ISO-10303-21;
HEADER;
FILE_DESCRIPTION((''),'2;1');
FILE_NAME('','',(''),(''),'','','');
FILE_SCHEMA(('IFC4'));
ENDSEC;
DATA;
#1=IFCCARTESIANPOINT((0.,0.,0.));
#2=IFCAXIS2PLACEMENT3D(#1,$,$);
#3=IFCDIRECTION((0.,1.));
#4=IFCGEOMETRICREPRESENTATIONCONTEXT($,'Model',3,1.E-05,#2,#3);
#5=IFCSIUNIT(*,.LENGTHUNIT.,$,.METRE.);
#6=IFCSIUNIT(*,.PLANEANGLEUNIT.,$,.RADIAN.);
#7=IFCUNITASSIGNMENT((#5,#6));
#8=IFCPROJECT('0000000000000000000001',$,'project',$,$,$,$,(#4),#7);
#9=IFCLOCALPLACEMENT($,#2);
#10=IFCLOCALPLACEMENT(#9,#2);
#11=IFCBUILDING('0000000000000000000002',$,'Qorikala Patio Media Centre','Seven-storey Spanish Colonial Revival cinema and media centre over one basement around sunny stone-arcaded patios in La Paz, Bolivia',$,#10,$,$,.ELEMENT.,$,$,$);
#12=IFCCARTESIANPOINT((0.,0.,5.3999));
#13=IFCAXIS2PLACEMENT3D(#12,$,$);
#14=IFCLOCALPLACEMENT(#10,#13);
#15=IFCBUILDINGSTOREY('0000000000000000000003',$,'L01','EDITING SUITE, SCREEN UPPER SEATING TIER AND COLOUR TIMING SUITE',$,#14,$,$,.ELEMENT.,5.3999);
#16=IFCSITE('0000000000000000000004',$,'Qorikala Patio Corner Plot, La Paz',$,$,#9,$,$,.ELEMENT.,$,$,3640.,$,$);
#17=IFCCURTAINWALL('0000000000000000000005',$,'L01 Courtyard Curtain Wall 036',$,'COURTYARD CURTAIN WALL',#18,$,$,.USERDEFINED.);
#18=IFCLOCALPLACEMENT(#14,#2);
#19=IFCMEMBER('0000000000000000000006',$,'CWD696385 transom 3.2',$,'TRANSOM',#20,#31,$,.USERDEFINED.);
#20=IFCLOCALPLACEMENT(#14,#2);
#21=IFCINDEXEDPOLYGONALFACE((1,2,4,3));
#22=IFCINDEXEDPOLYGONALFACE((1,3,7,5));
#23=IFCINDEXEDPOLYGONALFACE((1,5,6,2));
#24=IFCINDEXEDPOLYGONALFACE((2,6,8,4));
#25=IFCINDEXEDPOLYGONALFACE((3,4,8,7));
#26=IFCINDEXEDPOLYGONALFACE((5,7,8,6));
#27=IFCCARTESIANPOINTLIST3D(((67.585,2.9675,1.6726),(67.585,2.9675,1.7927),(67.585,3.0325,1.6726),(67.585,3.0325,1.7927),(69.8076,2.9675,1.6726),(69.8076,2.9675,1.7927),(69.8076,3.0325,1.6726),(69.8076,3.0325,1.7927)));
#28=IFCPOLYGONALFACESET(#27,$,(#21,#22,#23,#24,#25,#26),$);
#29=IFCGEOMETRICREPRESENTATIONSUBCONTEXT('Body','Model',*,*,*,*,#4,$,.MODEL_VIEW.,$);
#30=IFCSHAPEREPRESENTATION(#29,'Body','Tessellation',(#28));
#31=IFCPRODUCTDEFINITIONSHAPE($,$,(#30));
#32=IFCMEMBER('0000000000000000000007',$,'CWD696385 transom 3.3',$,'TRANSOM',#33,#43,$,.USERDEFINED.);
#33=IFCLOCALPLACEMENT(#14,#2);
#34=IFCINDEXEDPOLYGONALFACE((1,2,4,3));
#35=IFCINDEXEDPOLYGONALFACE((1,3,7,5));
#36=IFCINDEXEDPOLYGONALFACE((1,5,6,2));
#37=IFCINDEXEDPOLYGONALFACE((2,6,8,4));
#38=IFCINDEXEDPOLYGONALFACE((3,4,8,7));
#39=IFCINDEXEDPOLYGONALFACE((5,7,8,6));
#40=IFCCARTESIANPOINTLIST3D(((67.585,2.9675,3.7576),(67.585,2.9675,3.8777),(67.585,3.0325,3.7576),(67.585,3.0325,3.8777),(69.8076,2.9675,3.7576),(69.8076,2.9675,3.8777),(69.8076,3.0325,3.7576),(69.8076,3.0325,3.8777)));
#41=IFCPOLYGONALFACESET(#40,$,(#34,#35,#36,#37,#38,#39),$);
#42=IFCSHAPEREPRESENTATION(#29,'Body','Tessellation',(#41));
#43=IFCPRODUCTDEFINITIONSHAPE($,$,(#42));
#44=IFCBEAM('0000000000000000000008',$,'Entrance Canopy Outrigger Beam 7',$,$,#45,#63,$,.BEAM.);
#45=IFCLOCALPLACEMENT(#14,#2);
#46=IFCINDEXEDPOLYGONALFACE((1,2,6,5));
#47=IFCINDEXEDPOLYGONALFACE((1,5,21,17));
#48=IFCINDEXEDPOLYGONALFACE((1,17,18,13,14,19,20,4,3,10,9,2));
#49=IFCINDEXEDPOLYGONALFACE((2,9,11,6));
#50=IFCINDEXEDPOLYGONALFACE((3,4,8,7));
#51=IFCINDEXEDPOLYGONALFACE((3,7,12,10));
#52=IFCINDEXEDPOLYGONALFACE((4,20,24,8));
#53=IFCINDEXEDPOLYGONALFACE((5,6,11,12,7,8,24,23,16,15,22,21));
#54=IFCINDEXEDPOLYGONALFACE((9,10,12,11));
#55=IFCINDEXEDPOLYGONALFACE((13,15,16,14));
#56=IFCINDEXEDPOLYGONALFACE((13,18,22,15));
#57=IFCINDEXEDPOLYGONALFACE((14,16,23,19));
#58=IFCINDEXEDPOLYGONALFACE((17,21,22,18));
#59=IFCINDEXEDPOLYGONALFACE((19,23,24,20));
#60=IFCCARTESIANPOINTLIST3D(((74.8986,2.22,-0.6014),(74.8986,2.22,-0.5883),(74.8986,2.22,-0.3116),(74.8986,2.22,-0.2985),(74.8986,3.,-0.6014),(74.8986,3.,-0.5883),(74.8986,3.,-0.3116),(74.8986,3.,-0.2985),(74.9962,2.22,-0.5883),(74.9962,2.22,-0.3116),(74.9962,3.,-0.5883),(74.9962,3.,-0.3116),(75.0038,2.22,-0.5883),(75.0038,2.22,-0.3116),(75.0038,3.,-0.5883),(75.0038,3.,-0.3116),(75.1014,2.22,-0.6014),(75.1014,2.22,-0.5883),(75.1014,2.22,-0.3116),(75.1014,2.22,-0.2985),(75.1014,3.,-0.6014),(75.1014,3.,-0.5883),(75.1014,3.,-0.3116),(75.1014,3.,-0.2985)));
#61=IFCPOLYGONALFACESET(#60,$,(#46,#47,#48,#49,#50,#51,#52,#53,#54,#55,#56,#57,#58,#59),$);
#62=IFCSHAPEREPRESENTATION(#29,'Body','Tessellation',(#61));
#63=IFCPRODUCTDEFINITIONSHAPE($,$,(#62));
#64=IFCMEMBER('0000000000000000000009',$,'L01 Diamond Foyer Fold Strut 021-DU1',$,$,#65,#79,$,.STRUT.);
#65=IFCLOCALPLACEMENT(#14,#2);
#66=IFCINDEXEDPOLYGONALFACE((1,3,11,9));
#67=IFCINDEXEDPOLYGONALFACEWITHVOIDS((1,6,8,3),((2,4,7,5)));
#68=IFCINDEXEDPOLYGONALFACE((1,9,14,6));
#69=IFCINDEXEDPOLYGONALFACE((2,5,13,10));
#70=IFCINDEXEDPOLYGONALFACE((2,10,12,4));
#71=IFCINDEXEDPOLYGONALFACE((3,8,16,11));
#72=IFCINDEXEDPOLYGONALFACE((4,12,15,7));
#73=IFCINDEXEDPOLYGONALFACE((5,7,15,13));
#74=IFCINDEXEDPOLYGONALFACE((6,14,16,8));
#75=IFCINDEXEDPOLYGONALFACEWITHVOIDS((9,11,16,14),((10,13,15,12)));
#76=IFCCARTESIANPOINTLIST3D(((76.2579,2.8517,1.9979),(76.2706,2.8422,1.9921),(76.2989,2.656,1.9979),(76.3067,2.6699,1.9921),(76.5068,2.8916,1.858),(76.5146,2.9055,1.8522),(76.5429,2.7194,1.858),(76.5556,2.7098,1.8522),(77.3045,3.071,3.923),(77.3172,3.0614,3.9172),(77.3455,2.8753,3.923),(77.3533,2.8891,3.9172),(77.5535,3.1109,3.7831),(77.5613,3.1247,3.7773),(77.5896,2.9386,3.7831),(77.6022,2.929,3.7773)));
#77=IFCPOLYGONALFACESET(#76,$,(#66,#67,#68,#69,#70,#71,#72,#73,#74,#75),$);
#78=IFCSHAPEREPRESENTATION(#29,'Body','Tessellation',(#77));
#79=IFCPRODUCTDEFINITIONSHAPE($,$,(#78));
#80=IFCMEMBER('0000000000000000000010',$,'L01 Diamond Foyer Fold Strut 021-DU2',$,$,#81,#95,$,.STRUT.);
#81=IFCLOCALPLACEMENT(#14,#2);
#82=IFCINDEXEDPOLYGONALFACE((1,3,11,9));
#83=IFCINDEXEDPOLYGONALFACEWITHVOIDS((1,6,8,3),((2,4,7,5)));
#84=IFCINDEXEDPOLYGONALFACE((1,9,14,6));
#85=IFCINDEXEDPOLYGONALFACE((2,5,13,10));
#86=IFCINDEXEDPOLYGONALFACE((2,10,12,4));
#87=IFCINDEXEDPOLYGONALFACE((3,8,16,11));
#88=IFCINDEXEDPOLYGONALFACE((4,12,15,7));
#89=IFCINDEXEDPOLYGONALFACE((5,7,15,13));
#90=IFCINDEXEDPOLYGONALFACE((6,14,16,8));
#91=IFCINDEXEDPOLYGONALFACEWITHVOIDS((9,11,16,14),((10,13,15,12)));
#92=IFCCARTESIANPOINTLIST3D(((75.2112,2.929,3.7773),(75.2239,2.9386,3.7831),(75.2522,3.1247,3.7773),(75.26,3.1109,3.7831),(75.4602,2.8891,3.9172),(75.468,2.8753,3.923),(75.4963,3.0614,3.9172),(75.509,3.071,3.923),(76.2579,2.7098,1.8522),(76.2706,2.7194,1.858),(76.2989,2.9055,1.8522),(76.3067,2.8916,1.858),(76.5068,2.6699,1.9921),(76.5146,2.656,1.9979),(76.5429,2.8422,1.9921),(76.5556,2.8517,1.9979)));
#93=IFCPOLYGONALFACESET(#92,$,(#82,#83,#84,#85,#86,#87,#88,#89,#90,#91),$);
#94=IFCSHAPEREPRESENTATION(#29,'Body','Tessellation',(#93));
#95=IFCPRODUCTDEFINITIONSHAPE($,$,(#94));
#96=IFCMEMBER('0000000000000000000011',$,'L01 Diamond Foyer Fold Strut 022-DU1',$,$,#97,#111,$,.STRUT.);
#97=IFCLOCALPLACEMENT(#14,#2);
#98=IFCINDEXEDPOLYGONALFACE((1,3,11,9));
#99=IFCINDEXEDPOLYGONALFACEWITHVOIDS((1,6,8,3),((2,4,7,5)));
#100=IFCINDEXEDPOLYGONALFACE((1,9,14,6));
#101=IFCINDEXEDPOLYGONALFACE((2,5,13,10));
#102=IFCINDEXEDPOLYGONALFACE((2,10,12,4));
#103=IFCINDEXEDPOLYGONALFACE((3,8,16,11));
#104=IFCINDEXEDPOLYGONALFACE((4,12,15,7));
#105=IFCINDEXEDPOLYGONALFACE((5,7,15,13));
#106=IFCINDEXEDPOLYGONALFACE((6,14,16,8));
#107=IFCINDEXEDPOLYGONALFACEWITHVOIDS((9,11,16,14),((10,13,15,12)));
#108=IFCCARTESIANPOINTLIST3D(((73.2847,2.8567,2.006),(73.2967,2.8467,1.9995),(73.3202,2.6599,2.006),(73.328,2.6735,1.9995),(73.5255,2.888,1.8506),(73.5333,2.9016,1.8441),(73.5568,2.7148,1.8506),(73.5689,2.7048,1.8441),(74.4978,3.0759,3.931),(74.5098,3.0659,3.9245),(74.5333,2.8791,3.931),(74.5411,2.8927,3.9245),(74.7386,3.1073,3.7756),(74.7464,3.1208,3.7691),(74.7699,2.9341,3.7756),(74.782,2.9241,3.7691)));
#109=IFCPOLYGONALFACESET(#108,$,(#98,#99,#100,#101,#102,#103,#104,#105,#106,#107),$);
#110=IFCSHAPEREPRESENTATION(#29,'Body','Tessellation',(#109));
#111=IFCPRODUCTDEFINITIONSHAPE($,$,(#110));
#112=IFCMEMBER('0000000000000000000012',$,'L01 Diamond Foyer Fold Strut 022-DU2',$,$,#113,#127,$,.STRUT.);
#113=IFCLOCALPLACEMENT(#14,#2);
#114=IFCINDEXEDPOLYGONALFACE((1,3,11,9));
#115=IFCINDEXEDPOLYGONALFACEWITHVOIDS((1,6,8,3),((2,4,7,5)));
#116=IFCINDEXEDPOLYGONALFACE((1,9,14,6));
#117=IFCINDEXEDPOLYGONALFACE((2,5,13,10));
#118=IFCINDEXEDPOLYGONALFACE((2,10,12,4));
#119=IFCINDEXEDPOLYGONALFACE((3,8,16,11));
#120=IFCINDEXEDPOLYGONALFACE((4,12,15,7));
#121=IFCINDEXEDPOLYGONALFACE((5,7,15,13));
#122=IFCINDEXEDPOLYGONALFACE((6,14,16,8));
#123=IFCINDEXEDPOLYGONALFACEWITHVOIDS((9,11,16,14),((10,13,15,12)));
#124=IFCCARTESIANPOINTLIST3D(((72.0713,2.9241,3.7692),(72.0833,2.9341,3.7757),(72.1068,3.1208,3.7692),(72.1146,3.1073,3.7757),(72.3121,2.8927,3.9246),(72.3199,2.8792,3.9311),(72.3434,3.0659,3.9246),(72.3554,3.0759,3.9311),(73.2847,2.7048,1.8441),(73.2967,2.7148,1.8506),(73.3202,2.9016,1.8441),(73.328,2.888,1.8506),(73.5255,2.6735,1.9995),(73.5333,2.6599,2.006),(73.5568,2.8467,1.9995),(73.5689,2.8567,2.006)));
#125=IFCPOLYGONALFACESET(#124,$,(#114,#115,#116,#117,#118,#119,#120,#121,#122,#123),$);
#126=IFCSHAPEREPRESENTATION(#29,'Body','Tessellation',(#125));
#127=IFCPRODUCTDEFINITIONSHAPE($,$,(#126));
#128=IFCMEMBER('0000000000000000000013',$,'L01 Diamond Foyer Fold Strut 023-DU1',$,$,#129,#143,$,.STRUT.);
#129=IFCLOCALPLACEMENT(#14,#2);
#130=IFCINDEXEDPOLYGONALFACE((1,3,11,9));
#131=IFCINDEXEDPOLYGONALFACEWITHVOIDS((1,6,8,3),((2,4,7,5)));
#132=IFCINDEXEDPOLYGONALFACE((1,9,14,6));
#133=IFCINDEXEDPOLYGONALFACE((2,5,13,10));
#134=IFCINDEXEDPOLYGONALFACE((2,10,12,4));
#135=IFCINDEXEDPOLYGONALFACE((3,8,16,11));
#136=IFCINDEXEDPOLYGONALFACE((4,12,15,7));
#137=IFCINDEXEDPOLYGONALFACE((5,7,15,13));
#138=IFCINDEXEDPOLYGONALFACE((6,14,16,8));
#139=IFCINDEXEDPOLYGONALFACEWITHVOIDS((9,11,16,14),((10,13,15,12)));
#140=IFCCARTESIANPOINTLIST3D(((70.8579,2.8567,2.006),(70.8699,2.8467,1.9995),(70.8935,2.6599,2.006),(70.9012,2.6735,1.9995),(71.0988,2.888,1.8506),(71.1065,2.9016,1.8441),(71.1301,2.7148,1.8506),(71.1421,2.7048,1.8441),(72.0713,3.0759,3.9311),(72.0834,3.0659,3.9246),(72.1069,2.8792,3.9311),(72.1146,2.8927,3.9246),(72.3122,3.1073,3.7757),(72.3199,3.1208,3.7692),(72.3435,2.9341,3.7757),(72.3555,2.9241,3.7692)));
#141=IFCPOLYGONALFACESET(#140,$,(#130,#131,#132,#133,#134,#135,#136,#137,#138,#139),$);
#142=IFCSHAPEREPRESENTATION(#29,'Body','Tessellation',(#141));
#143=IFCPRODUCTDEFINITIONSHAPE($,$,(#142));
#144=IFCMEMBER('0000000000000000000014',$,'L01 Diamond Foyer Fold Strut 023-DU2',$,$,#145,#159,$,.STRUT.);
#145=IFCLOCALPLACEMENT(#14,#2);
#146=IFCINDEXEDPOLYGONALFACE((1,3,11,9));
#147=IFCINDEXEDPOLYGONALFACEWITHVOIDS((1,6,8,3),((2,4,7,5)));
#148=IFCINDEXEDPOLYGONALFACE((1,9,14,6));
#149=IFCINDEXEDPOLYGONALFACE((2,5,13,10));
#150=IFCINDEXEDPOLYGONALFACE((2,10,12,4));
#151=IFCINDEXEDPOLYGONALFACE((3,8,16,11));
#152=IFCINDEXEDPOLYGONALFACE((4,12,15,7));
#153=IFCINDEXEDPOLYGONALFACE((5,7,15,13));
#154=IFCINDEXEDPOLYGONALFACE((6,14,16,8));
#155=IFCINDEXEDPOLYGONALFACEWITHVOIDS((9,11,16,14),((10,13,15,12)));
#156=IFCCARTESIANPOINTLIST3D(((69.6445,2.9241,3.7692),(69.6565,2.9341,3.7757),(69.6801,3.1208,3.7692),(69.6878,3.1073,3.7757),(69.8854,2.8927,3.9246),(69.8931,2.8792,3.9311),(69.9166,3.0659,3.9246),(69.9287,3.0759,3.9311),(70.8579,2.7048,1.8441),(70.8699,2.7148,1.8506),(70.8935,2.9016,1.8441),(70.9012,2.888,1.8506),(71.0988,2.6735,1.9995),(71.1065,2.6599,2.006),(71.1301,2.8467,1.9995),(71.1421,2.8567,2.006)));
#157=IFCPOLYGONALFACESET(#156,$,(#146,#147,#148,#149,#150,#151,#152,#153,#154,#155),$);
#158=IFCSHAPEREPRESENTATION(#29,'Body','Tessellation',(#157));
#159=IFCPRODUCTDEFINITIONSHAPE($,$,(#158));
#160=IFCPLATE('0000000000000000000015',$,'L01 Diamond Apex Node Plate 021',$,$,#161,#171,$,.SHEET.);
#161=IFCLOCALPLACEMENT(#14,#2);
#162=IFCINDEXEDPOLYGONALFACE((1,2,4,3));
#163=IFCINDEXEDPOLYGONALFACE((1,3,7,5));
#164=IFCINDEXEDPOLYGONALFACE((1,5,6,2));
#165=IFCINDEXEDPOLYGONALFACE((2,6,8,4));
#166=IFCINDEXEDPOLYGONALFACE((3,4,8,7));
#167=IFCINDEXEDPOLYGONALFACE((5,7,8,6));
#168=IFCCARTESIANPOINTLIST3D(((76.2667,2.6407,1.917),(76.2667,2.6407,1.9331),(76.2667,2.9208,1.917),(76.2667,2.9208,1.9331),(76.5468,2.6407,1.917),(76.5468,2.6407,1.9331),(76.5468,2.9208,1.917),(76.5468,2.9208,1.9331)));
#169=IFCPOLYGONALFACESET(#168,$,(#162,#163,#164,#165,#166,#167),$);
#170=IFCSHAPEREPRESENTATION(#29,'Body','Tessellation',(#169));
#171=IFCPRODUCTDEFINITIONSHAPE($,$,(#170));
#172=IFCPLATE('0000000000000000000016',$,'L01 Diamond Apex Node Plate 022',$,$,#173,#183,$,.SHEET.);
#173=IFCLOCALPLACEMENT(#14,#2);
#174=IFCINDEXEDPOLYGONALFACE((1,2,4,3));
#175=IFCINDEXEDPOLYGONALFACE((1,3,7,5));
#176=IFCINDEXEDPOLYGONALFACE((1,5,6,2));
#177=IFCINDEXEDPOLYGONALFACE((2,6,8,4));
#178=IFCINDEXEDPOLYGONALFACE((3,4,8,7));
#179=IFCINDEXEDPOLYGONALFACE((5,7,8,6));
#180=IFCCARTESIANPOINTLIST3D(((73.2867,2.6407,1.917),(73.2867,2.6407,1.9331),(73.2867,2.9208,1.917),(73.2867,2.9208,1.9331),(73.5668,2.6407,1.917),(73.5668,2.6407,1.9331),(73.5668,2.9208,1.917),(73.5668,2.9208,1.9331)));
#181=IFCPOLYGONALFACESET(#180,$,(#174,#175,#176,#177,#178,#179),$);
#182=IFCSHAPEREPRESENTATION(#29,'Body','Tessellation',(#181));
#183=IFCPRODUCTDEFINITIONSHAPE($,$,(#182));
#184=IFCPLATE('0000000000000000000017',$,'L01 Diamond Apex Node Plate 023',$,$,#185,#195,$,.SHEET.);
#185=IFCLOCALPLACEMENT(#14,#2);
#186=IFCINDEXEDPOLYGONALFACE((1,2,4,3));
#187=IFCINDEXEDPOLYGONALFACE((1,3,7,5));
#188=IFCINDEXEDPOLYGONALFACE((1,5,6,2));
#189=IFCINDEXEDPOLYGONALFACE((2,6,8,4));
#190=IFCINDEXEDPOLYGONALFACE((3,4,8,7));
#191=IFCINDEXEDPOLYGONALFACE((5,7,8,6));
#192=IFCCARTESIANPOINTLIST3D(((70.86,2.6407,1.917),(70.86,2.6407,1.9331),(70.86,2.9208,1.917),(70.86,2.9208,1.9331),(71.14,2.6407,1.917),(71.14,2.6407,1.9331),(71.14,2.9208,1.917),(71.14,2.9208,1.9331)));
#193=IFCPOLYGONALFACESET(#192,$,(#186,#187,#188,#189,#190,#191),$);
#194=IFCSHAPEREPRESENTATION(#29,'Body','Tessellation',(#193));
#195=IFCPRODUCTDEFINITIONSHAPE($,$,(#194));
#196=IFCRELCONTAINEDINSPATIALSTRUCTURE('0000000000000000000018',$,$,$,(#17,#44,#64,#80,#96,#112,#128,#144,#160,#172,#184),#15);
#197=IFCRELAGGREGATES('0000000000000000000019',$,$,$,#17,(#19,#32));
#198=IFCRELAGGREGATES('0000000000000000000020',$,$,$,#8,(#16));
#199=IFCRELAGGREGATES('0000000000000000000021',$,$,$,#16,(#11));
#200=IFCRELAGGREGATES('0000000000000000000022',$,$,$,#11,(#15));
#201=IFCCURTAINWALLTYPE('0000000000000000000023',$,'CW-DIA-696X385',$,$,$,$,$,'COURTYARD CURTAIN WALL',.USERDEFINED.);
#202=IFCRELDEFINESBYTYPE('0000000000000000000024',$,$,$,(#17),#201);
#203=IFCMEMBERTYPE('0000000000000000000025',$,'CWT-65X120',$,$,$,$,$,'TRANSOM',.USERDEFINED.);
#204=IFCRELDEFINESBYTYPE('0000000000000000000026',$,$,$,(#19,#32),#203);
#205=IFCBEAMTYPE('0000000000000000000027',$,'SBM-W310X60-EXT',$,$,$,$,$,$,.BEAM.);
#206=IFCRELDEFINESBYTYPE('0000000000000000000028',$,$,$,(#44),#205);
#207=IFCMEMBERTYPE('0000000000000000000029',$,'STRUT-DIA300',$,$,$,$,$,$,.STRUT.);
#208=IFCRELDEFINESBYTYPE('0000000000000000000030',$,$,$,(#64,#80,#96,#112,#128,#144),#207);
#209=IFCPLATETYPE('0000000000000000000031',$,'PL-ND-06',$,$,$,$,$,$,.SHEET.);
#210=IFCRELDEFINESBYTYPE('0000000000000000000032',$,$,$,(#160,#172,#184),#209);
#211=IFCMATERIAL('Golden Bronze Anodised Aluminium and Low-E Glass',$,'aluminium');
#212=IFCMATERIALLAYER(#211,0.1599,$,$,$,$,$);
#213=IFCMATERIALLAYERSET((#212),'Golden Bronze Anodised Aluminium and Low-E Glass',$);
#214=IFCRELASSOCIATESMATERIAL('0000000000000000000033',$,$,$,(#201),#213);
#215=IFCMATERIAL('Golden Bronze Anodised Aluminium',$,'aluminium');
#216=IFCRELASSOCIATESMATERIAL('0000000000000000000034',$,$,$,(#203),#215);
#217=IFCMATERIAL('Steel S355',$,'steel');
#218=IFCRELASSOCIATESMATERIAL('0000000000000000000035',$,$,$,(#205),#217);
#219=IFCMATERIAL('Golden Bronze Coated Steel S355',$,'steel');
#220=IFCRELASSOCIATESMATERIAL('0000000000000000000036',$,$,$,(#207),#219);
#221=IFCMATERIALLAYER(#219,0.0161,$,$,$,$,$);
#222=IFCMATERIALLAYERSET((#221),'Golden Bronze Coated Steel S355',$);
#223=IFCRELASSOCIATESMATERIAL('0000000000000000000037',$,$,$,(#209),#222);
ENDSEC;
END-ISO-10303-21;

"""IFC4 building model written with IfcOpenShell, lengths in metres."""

from ifc_helpers import new_model, si_unit, direction, frame, origin, origin_2d, place, context, subcontext, project, spatial, rectangle, hollow_rectangle, i_section, extrude, material, layer, layer_set, material_profile, profile_set, type_object, element, aggregate, save


model = new_model("IFC4")

# Units and contexts
model_context = context("Model", 3, precision=1e-05, world=origin(), true_north=direction((0.0, 1.0)))
body_context = subcontext(model_context, "Body", "Model", "MODEL_VIEW")
ifc_project = project(units=[si_unit("LENGTHUNIT", "METRE"), si_unit("PLANEANGLEUNIT", "RADIAN")], contexts=[model_context])

# Site, building, storey
site_placement = place(None, origin())
site = spatial("IfcSite", under=ifc_project, at=site_placement, Name="Qorikala Patio Corner Plot, La Paz", CompositionType="ELEMENT", RefElevation=3640.0)
building_placement = place(site_placement, origin())
building = spatial("IfcBuilding", under=site, at=building_placement, Name="Qorikala Patio Media Centre", Description="Seven-storey Spanish Colonial Revival cinema and media centre over one basement around sunny stone-arcaded patios in La Paz, Bolivia", CompositionType="ELEMENT")
storey_placement = place(building_placement, frame((0.0, 0.0, 5.3999)))
storey = spatial("IfcBuildingStorey", under=building, at=storey_placement, Name="L01", Description="EDITING SUITE, SCREEN UPPER SEATING TIER AND COLOUR TIMING SUITE", CompositionType="ELEMENT", Elevation=5.3999)

# Curtain wall, members
ifc_material_1 = material(Name="Golden Bronze Anodised Aluminium and Low-E Glass", Category="aluminium")
ifc_layer_1 = layer(ifc_material_1, 0.1599)
ifc_layer_set_1 = layer_set([ifc_layer_1], Name="Golden Bronze Anodised Aluminium and Low-E Glass")
curtain_wall_type = type_object("IfcCurtainWallType", Name="CW-DIA-696X385", ElementType="COURTYARD CURTAIN WALL", PredefinedType="USERDEFINED", material=ifc_layer_set_1)
curtain_wall_placement = place(storey_placement, origin())
curtain_wall = element("IfcCurtainWall", 1, at=curtain_wall_placement, inside=storey, type_object=curtain_wall_type, Name="L01 Courtyard Curtain Wall 036", ObjectType="COURTYARD CURTAIN WALL", PredefinedType="USERDEFINED")
ifc_material_2 = material(Name="Golden Bronze Anodised Aluminium", Category="aluminium")
ifc_material_profile_1 = material_profile(ifc_material_2, rectangle(XDim=0.0649, YDim=0.1201, at=origin_2d()), Name="ALU TRANSOM 65x120")
ifc_profile_set_1 = profile_set([ifc_material_profile_1], Name="Golden Bronze Anodised Aluminium")
member_type_1 = type_object("IfcMemberType", Name="CWT-65X120", ElementType="TRANSOM", PredefinedType="USERDEFINED", material=ifc_profile_set_1)
member_1_placement = place(storey_placement, frame((69.8076, 3.0, 1.7327), z_axis=(-1.0, 0.0, 0.0), x_axis=(0.0, -1.0, 0.0)))
member_1 = element("IfcMember", 2, at=member_1_placement, type_object=member_type_1, Name="CWD696385 transom 3.2", ObjectType="TRANSOM", PredefinedType="USERDEFINED", context=body_context, shape_type="SweptSolid", body=[
    extrude(rectangle(XDim=0.0649, YDim=0.1201, at=origin_2d()), origin(), (0.0, 0.0, 1.0), 2.2227),
])
member_2_placement = place(storey_placement, frame((69.8076, 3.0, 3.8176), z_axis=(-1.0, 0.0, 0.0), x_axis=(0.0, -1.0, 0.0)))
member_2 = element("IfcMember", 3, at=member_2_placement, type_object=member_type_1, Name="CWD696385 transom 3.3", ObjectType="TRANSOM", PredefinedType="USERDEFINED", context=body_context, shape_type="SweptSolid", body=[
    extrude(rectangle(XDim=0.0649, YDim=0.1201, at=origin_2d()), origin(), (0.0, 0.0, 1.0), 2.2227),
])
aggregate(curtain_wall, [member_1, member_2])

# Beam
ifc_material_3 = material(Name="Steel S355", Category="steel")
ifc_material_profile_2 = material_profile(ifc_material_3, i_section(OverallWidth=0.2029, OverallDepth=0.303, WebThickness=0.0076, FlangeThickness=0.0132, at=origin_2d()), Name="W310X60")
ifc_profile_set_2 = profile_set([ifc_material_profile_2], Name="Steel S355")
beam_type = type_object("IfcBeamType", Name="SBM-W310X60-EXT", PredefinedType="BEAM", material=ifc_profile_set_2)
beam_placement = place(storey_placement, frame((75.0, 2.22, -0.45), z_axis=(0.0, 1.0, 0.0), x_axis=(-1.0, 0.0, 0.0)))
element("IfcBeam", 4, at=beam_placement, inside=storey, type_object=beam_type, Name="Entrance Canopy Outrigger Beam 7", PredefinedType="BEAM", context=body_context, shape_type="SweptSolid", body=[
    extrude(i_section(OverallWidth=0.2029, OverallDepth=0.303, WebThickness=0.0076, FlangeThickness=0.0132, at=origin_2d()), origin(), (0.0, 0.0, 1.0), 0.78),
])

# Members
ifc_material_4 = material(Name="Golden Bronze Coated Steel S355", Category="steel")
ifc_material_profile_3 = material_profile(ifc_material_4, hollow_rectangle(XDim=0.2, YDim=0.3, WallThickness=0.012, at=origin_2d()), Name="HSS300X200X12")
ifc_profile_set_3 = profile_set([ifc_material_profile_3], Name="Golden Bronze Coated Steel S355")
member_type_2 = type_object("IfcMemberType", Name="STRUT-DIA300", PredefinedType="STRUT", material=ifc_profile_set_3)
for number, where, z_axis, x_axis, name in (
    (5, (76.4067, 2.7808, 1.925), (0.475284, 0.099558, 0.874181), (-0.205021, 0.978758, 0.0), "L01 Diamond Foyer Fold Strut 021-DU1"),
    (6, (76.4067, 2.7808, 1.925), (-0.475284, 0.099558, 0.874181), (-0.205021, -0.978758, 0.0), "L01 Diamond Foyer Fold Strut 021-DU2"),
):
    element("IfcMember", number, at=place(storey_placement, frame(where, z_axis=z_axis, x_axis=x_axis)), inside=storey, type_object=member_type_2, Name=name, PredefinedType="STRUT", context=body_context, shape_type="SweptSolid", body=[
        extrude(hollow_rectangle(XDim=0.2, YDim=0.3, WallThickness=0.012, at=origin_2d()), origin(), (0.0, 0.0, 1.0), 2.2021),
    ])
member_3_placement = place(storey_placement, frame((73.4268, 2.7808, 1.925), z_axis=(0.530691, 0.095907, 0.842121), x_axis=(-0.17784, 0.984059, 0.0)))
element("IfcMember", 7, at=member_3_placement, inside=storey, type_object=member_type_2, Name="L01 Diamond Foyer Fold Strut 022-DU1", PredefinedType="STRUT", context=body_context, shape_type="SweptSolid", body=[
    extrude(hollow_rectangle(XDim=0.2, YDim=0.3, WallThickness=0.012, at=origin_2d()), origin(), (0.0, 0.0, 1.0), 2.2859),
])
for number, where, z_axis, x_axis, name in (
    (8, (73.4268, 2.7808, 1.925), (-0.530768, 0.095901, 0.842074), (-0.177805, -0.984066, 0.0), "L01 Diamond Foyer Fold Strut 022-DU2"),
    (9, (71.0, 2.7808, 1.925), (0.530768, 0.095901, 0.842074), (-0.177805, 0.984066, 0.0), "L01 Diamond Foyer Fold Strut 023-DU1"),
    (10, (71.0, 2.7808, 1.925), (-0.530768, 0.095901, 0.842074), (-0.177805, -0.984066, 0.0), "L01 Diamond Foyer Fold Strut 023-DU2"),
):
    element("IfcMember", number, at=place(storey_placement, frame(where, z_axis=z_axis, x_axis=x_axis)), inside=storey, type_object=member_type_2, Name=name, PredefinedType="STRUT", context=body_context, shape_type="SweptSolid", body=[
        extrude(hollow_rectangle(XDim=0.2, YDim=0.3, WallThickness=0.012, at=origin_2d()), origin(), (0.0, 0.0, 1.0), 2.2861),
    ])

# Plates
ifc_layer_2 = layer(ifc_material_4, 0.0161)
ifc_layer_set_2 = layer_set([ifc_layer_2], Name="Golden Bronze Coated Steel S355")
plate_type = type_object("IfcPlateType", Name="PL-ND-06", PredefinedType="SHEET", material=ifc_layer_set_2)
for number, where, z_axis, x_axis, name in (
    (11, (76.4067, 2.7808, 1.917), (0.0, 0.0, 1.0), (-1.0, 0.0, 0.0), "L01 Diamond Apex Node Plate 021"),
    (12, (73.4268, 2.7808, 1.917), (0.0, 0.0, 1.0), (-1.0, 0.0, 0.0), "L01 Diamond Apex Node Plate 022"),
    (13, (71.0, 2.7808, 1.917), (0.0, 0.0, 1.0), (-1.0, 0.0, 0.0), "L01 Diamond Apex Node Plate 023"),
):
    element("IfcPlate", number, at=place(storey_placement, frame(where, z_axis=z_axis, x_axis=x_axis)), inside=storey, type_object=plate_type, Name=name, PredefinedType="SHEET", context=body_context, shape_type="SweptSolid", body=[
        extrude(rectangle(XDim=0.28, YDim=0.28, at=origin_2d()), origin(), (0.0, 0.0, 1.0), 0.0161),
    ])

save(model, "model.ifc")
